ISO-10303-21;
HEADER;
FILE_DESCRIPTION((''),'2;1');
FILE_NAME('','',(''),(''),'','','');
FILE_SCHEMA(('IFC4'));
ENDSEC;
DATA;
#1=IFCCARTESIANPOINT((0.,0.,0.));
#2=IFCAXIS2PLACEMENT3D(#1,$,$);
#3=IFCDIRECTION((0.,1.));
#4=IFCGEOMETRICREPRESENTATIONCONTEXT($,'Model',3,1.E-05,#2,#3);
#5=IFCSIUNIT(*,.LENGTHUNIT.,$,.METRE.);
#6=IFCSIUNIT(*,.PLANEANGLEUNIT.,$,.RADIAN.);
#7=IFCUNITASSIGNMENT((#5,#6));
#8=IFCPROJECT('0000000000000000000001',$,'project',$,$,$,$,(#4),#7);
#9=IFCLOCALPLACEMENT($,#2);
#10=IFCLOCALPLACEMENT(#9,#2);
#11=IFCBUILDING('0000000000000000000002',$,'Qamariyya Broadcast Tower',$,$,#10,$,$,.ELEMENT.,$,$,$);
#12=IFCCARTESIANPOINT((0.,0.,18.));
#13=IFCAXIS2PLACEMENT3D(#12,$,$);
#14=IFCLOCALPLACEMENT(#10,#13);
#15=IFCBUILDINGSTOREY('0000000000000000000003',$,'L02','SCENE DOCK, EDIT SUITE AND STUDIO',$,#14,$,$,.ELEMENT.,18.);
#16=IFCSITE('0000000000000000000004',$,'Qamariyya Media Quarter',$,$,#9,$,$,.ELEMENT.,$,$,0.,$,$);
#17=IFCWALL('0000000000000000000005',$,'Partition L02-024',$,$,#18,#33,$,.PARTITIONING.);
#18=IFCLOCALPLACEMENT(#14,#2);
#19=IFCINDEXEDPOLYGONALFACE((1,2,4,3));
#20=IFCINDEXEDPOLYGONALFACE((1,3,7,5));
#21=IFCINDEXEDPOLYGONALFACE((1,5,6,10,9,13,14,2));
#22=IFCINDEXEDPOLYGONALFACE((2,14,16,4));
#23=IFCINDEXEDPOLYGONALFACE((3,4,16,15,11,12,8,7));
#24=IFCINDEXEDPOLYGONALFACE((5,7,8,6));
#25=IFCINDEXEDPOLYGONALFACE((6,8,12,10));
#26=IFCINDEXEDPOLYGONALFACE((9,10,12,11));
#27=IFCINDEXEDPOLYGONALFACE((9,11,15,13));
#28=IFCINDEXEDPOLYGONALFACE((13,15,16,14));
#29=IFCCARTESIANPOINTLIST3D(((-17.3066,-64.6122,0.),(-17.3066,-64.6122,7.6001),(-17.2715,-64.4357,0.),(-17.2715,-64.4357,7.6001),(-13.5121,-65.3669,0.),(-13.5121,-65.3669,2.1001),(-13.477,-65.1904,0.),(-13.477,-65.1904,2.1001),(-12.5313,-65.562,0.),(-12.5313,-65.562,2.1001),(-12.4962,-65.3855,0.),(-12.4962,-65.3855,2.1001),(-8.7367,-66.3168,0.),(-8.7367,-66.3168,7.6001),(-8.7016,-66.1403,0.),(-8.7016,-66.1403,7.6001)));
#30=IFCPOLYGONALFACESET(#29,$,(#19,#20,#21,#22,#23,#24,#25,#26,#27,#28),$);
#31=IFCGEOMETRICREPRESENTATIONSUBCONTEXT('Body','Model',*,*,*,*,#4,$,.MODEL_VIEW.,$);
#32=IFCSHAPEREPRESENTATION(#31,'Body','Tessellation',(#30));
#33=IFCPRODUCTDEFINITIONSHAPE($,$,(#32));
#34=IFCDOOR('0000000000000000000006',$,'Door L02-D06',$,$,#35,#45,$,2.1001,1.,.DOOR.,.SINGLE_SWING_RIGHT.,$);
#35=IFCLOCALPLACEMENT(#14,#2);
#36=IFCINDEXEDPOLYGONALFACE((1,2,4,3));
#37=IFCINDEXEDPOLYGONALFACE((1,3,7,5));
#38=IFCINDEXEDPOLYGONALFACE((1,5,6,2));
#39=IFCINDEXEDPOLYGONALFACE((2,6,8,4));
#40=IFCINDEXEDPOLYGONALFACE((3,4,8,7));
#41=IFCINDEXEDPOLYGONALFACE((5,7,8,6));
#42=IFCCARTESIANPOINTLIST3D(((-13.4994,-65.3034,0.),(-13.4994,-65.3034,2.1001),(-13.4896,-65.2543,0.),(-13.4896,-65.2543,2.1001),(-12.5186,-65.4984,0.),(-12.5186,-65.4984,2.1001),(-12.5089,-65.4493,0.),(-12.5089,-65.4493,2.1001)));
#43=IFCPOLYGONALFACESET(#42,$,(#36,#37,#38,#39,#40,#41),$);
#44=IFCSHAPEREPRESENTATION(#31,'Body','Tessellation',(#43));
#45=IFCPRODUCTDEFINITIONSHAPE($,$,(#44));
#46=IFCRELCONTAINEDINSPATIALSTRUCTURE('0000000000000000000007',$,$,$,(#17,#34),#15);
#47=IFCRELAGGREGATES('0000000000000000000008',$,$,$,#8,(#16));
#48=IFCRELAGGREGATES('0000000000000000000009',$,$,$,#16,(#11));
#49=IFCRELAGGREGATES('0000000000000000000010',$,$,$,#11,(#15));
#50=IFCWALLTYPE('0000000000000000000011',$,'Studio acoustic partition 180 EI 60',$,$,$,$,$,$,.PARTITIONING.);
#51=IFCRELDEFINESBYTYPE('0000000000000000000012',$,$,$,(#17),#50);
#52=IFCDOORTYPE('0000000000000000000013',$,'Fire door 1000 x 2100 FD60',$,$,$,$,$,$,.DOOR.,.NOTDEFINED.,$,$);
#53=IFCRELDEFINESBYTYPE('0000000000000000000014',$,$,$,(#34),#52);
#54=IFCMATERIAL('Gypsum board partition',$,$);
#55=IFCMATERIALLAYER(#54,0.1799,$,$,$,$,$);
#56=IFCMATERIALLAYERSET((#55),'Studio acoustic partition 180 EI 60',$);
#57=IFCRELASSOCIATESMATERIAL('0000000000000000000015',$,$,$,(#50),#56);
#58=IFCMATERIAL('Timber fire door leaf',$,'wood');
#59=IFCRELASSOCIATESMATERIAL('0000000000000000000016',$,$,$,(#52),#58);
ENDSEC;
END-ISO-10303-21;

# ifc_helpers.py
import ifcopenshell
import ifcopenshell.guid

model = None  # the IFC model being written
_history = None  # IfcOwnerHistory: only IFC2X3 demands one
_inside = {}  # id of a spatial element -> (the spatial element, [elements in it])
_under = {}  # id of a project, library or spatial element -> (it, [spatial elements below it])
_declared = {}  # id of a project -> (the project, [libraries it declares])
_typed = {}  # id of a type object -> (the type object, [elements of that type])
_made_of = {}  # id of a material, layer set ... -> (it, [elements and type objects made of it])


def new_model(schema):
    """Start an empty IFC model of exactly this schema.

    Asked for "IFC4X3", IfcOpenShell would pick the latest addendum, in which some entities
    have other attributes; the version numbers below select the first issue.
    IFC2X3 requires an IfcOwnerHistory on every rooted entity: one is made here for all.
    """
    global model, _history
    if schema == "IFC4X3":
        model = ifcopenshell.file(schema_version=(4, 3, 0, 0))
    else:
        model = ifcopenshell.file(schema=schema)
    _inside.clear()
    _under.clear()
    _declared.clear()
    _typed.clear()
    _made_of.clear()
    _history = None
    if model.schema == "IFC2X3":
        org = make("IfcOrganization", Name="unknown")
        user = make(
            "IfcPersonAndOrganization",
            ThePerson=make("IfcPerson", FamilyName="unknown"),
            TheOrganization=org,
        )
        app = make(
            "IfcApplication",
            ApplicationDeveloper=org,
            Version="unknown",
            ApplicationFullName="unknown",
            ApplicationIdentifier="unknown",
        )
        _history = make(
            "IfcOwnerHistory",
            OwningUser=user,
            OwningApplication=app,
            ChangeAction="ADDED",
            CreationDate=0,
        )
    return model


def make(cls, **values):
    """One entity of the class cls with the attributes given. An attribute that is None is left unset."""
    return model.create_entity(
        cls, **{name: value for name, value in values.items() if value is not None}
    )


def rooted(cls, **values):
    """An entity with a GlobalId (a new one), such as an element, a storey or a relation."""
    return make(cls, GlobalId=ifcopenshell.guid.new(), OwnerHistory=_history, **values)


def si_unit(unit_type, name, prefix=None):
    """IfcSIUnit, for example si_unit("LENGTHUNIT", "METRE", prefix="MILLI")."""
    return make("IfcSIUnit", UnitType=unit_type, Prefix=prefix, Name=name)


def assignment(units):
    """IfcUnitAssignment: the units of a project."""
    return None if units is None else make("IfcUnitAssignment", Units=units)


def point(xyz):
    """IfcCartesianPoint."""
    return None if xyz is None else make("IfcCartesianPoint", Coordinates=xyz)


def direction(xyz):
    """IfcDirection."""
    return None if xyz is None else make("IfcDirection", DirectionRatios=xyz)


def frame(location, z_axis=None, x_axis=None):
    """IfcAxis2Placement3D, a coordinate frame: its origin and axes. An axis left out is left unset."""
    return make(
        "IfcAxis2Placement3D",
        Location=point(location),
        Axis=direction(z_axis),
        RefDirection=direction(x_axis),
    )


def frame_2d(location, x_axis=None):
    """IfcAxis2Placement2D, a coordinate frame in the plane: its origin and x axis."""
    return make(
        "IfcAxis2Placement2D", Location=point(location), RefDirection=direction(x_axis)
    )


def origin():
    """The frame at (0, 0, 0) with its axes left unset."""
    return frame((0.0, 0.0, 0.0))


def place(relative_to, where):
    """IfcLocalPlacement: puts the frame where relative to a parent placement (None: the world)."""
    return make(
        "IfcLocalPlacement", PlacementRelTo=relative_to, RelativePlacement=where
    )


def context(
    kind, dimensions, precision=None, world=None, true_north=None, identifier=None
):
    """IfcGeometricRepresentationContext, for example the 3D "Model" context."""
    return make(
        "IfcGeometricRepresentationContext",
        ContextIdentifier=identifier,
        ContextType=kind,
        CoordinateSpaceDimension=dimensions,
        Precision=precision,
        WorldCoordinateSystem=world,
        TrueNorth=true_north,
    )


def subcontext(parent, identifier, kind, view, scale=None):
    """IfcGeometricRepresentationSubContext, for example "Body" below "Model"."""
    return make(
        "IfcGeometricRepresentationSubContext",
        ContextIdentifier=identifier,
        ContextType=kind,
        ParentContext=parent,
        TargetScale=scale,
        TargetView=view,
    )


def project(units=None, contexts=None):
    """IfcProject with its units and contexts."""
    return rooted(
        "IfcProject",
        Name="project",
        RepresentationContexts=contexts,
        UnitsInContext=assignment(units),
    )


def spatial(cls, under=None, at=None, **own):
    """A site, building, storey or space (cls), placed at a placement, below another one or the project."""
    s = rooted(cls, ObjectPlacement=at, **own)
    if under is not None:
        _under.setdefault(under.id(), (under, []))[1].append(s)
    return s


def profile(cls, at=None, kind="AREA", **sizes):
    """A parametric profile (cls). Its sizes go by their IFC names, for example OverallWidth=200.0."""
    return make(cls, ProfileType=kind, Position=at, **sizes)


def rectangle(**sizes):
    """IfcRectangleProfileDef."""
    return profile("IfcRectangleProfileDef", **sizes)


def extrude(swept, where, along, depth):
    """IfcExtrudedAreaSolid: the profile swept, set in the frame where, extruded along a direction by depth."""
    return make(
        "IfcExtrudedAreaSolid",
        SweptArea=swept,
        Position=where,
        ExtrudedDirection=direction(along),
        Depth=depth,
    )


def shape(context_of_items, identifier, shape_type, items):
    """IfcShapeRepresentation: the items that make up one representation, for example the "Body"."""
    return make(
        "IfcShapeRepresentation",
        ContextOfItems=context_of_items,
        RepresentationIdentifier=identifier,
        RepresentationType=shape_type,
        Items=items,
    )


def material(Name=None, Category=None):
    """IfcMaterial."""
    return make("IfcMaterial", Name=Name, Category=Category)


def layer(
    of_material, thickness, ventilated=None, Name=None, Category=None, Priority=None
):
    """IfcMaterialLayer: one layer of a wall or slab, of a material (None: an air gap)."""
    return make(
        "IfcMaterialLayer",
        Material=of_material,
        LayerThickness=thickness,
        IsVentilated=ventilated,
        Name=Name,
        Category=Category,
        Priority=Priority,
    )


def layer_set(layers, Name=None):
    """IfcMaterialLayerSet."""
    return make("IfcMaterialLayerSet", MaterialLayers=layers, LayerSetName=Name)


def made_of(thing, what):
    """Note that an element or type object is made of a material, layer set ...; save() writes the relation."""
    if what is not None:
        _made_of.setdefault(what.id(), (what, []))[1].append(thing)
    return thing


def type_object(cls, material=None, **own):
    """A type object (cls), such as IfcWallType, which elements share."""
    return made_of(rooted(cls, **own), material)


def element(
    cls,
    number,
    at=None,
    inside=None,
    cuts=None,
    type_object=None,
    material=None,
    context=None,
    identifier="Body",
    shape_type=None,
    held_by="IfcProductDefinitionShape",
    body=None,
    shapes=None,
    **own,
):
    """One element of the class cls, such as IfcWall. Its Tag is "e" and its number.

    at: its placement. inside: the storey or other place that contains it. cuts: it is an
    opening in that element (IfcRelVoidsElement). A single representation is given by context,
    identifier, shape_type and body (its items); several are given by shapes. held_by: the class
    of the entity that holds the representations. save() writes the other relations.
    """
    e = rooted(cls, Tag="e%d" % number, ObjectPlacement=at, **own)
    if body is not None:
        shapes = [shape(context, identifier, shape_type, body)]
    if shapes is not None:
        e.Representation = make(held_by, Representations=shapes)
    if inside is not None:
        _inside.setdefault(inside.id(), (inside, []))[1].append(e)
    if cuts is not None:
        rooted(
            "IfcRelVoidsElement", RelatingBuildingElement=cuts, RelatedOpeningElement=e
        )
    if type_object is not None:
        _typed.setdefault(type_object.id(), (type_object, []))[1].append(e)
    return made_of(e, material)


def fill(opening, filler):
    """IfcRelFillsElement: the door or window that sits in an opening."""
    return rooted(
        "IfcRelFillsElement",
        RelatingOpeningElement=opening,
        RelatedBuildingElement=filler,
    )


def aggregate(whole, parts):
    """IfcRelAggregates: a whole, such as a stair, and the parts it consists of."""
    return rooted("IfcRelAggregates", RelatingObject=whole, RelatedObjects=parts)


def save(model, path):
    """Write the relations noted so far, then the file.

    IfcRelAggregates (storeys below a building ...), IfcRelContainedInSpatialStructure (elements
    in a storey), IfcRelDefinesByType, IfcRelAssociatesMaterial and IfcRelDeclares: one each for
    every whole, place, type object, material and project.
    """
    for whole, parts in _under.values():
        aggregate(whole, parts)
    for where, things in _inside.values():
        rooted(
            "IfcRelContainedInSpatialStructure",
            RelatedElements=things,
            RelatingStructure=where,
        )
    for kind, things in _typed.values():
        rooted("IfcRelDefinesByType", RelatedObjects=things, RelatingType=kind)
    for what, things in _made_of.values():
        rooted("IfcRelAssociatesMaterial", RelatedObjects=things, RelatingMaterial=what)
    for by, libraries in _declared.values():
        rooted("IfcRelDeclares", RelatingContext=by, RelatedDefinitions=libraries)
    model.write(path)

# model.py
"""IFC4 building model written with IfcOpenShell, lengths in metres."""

from ifc_helpers import new_model, si_unit, direction, frame, frame_2d, origin, place, context, subcontext, project, spatial, rectangle, extrude, material, layer, layer_set, type_object, element, fill, save


model = new_model("IFC4")

# Units and contexts
model_context = context("Model", 3, precision=1e-05, world=origin(), true_north=direction((0.0, 1.0)))
body_context = subcontext(model_context, "Body", "Model", "MODEL_VIEW")
ifc_project = project(units=[si_unit("LENGTHUNIT", "METRE"), si_unit("PLANEANGLEUNIT", "RADIAN")], contexts=[model_context])

# Site, building, storey
site_placement = place(None, origin())
site = spatial("IfcSite", under=ifc_project, at=site_placement, Name="Qamariyya Media Quarter", CompositionType="ELEMENT", RefElevation=0.0)
building_placement = place(site_placement, origin())
building = spatial("IfcBuilding", under=site, at=building_placement, Name="Qamariyya Broadcast Tower", CompositionType="ELEMENT")
storey_placement = place(building_placement, frame((0.0, 0.0, 18.0)))
storey = spatial("IfcBuildingStorey", under=building, at=storey_placement, Name="L02", Description="SCENE DOCK, EDIT SUITE AND STUDIO", CompositionType="ELEMENT", Elevation=18.0)

# Shared definitions
ifc_material_1 = material(Name="Gypsum board partition")

# Wall, opening, door
ifc_layer_1 = layer(ifc_material_1, 0.1799)
ifc_layer_set_1 = layer_set([ifc_layer_1], Name="Studio acoustic partition 180 EI 60")
wall_type_1 = type_object("IfcWallType", Name="Studio acoustic partition 180 EI 60", PredefinedType="PARTITIONING", material=ifc_layer_set_1)
wall_1_placement = place(storey_placement, frame((-17.2891, -64.5239, 0.0), z_axis=(0.0, 0.0, 1.0), x_axis=(0.980786, -0.195084, 0.0)))
wall_1 = element("IfcWall", 1, at=wall_1_placement, inside=storey, type_object=wall_type_1, Name="Partition L02-024", PredefinedType="PARTITIONING", context=body_context, shape_type="SweptSolid", body=[
    extrude(rectangle(XDim=8.7378, YDim=0.1799, at=frame_2d((4.3689, 0.0))), origin(), (0.0, 0.0, 1.0), 7.6001),
])
opening_placement = place(wall_1_placement, frame((3.8689, 0.0, 0.0)))
opening = element("IfcOpeningElement", 2, at=opening_placement, cuts=wall_1, PredefinedType="OPENING", context=body_context, shape_type="SweptSolid", body=[
    extrude(rectangle(XDim=1.0, YDim=2.1001, at=frame_2d((0.5, 1.05))), frame((0.0, 0.0999, 0.0), z_axis=(0.0, -1.0, 0.0), x_axis=(1.0, 0.0, 0.0)), (0.0, 0.0, 1.0), 0.2),
])
ifc_material_2 = material(Name="Timber fire door leaf", Category="wood")
door_type = type_object("IfcDoorType", Name="Fire door 1000 x 2100 FD60", OperationType="NOTDEFINED", PredefinedType="DOOR", material=ifc_material_2)
door_placement = place(opening_placement, origin())
door = element("IfcDoor", 3, at=door_placement, inside=storey, type_object=door_type, Name="Door L02-D06", OperationType="SINGLE_SWING_RIGHT", OverallHeight=2.1001, OverallWidth=1.0, PredefinedType="DOOR", context=body_context, shape_type="SweptSolid", body=[
    extrude(rectangle(XDim=1.0, YDim=2.1001, at=frame_2d((0.5, 1.05))), frame((0.0, 0.0249, 0.0), z_axis=(0.0, -1.0, 0.0), x_axis=(1.0, 0.0, 0.0)), (0.0, 0.0, 1.0), 0.05),
])
fill(opening, door)

save(model, "model.ifc")
